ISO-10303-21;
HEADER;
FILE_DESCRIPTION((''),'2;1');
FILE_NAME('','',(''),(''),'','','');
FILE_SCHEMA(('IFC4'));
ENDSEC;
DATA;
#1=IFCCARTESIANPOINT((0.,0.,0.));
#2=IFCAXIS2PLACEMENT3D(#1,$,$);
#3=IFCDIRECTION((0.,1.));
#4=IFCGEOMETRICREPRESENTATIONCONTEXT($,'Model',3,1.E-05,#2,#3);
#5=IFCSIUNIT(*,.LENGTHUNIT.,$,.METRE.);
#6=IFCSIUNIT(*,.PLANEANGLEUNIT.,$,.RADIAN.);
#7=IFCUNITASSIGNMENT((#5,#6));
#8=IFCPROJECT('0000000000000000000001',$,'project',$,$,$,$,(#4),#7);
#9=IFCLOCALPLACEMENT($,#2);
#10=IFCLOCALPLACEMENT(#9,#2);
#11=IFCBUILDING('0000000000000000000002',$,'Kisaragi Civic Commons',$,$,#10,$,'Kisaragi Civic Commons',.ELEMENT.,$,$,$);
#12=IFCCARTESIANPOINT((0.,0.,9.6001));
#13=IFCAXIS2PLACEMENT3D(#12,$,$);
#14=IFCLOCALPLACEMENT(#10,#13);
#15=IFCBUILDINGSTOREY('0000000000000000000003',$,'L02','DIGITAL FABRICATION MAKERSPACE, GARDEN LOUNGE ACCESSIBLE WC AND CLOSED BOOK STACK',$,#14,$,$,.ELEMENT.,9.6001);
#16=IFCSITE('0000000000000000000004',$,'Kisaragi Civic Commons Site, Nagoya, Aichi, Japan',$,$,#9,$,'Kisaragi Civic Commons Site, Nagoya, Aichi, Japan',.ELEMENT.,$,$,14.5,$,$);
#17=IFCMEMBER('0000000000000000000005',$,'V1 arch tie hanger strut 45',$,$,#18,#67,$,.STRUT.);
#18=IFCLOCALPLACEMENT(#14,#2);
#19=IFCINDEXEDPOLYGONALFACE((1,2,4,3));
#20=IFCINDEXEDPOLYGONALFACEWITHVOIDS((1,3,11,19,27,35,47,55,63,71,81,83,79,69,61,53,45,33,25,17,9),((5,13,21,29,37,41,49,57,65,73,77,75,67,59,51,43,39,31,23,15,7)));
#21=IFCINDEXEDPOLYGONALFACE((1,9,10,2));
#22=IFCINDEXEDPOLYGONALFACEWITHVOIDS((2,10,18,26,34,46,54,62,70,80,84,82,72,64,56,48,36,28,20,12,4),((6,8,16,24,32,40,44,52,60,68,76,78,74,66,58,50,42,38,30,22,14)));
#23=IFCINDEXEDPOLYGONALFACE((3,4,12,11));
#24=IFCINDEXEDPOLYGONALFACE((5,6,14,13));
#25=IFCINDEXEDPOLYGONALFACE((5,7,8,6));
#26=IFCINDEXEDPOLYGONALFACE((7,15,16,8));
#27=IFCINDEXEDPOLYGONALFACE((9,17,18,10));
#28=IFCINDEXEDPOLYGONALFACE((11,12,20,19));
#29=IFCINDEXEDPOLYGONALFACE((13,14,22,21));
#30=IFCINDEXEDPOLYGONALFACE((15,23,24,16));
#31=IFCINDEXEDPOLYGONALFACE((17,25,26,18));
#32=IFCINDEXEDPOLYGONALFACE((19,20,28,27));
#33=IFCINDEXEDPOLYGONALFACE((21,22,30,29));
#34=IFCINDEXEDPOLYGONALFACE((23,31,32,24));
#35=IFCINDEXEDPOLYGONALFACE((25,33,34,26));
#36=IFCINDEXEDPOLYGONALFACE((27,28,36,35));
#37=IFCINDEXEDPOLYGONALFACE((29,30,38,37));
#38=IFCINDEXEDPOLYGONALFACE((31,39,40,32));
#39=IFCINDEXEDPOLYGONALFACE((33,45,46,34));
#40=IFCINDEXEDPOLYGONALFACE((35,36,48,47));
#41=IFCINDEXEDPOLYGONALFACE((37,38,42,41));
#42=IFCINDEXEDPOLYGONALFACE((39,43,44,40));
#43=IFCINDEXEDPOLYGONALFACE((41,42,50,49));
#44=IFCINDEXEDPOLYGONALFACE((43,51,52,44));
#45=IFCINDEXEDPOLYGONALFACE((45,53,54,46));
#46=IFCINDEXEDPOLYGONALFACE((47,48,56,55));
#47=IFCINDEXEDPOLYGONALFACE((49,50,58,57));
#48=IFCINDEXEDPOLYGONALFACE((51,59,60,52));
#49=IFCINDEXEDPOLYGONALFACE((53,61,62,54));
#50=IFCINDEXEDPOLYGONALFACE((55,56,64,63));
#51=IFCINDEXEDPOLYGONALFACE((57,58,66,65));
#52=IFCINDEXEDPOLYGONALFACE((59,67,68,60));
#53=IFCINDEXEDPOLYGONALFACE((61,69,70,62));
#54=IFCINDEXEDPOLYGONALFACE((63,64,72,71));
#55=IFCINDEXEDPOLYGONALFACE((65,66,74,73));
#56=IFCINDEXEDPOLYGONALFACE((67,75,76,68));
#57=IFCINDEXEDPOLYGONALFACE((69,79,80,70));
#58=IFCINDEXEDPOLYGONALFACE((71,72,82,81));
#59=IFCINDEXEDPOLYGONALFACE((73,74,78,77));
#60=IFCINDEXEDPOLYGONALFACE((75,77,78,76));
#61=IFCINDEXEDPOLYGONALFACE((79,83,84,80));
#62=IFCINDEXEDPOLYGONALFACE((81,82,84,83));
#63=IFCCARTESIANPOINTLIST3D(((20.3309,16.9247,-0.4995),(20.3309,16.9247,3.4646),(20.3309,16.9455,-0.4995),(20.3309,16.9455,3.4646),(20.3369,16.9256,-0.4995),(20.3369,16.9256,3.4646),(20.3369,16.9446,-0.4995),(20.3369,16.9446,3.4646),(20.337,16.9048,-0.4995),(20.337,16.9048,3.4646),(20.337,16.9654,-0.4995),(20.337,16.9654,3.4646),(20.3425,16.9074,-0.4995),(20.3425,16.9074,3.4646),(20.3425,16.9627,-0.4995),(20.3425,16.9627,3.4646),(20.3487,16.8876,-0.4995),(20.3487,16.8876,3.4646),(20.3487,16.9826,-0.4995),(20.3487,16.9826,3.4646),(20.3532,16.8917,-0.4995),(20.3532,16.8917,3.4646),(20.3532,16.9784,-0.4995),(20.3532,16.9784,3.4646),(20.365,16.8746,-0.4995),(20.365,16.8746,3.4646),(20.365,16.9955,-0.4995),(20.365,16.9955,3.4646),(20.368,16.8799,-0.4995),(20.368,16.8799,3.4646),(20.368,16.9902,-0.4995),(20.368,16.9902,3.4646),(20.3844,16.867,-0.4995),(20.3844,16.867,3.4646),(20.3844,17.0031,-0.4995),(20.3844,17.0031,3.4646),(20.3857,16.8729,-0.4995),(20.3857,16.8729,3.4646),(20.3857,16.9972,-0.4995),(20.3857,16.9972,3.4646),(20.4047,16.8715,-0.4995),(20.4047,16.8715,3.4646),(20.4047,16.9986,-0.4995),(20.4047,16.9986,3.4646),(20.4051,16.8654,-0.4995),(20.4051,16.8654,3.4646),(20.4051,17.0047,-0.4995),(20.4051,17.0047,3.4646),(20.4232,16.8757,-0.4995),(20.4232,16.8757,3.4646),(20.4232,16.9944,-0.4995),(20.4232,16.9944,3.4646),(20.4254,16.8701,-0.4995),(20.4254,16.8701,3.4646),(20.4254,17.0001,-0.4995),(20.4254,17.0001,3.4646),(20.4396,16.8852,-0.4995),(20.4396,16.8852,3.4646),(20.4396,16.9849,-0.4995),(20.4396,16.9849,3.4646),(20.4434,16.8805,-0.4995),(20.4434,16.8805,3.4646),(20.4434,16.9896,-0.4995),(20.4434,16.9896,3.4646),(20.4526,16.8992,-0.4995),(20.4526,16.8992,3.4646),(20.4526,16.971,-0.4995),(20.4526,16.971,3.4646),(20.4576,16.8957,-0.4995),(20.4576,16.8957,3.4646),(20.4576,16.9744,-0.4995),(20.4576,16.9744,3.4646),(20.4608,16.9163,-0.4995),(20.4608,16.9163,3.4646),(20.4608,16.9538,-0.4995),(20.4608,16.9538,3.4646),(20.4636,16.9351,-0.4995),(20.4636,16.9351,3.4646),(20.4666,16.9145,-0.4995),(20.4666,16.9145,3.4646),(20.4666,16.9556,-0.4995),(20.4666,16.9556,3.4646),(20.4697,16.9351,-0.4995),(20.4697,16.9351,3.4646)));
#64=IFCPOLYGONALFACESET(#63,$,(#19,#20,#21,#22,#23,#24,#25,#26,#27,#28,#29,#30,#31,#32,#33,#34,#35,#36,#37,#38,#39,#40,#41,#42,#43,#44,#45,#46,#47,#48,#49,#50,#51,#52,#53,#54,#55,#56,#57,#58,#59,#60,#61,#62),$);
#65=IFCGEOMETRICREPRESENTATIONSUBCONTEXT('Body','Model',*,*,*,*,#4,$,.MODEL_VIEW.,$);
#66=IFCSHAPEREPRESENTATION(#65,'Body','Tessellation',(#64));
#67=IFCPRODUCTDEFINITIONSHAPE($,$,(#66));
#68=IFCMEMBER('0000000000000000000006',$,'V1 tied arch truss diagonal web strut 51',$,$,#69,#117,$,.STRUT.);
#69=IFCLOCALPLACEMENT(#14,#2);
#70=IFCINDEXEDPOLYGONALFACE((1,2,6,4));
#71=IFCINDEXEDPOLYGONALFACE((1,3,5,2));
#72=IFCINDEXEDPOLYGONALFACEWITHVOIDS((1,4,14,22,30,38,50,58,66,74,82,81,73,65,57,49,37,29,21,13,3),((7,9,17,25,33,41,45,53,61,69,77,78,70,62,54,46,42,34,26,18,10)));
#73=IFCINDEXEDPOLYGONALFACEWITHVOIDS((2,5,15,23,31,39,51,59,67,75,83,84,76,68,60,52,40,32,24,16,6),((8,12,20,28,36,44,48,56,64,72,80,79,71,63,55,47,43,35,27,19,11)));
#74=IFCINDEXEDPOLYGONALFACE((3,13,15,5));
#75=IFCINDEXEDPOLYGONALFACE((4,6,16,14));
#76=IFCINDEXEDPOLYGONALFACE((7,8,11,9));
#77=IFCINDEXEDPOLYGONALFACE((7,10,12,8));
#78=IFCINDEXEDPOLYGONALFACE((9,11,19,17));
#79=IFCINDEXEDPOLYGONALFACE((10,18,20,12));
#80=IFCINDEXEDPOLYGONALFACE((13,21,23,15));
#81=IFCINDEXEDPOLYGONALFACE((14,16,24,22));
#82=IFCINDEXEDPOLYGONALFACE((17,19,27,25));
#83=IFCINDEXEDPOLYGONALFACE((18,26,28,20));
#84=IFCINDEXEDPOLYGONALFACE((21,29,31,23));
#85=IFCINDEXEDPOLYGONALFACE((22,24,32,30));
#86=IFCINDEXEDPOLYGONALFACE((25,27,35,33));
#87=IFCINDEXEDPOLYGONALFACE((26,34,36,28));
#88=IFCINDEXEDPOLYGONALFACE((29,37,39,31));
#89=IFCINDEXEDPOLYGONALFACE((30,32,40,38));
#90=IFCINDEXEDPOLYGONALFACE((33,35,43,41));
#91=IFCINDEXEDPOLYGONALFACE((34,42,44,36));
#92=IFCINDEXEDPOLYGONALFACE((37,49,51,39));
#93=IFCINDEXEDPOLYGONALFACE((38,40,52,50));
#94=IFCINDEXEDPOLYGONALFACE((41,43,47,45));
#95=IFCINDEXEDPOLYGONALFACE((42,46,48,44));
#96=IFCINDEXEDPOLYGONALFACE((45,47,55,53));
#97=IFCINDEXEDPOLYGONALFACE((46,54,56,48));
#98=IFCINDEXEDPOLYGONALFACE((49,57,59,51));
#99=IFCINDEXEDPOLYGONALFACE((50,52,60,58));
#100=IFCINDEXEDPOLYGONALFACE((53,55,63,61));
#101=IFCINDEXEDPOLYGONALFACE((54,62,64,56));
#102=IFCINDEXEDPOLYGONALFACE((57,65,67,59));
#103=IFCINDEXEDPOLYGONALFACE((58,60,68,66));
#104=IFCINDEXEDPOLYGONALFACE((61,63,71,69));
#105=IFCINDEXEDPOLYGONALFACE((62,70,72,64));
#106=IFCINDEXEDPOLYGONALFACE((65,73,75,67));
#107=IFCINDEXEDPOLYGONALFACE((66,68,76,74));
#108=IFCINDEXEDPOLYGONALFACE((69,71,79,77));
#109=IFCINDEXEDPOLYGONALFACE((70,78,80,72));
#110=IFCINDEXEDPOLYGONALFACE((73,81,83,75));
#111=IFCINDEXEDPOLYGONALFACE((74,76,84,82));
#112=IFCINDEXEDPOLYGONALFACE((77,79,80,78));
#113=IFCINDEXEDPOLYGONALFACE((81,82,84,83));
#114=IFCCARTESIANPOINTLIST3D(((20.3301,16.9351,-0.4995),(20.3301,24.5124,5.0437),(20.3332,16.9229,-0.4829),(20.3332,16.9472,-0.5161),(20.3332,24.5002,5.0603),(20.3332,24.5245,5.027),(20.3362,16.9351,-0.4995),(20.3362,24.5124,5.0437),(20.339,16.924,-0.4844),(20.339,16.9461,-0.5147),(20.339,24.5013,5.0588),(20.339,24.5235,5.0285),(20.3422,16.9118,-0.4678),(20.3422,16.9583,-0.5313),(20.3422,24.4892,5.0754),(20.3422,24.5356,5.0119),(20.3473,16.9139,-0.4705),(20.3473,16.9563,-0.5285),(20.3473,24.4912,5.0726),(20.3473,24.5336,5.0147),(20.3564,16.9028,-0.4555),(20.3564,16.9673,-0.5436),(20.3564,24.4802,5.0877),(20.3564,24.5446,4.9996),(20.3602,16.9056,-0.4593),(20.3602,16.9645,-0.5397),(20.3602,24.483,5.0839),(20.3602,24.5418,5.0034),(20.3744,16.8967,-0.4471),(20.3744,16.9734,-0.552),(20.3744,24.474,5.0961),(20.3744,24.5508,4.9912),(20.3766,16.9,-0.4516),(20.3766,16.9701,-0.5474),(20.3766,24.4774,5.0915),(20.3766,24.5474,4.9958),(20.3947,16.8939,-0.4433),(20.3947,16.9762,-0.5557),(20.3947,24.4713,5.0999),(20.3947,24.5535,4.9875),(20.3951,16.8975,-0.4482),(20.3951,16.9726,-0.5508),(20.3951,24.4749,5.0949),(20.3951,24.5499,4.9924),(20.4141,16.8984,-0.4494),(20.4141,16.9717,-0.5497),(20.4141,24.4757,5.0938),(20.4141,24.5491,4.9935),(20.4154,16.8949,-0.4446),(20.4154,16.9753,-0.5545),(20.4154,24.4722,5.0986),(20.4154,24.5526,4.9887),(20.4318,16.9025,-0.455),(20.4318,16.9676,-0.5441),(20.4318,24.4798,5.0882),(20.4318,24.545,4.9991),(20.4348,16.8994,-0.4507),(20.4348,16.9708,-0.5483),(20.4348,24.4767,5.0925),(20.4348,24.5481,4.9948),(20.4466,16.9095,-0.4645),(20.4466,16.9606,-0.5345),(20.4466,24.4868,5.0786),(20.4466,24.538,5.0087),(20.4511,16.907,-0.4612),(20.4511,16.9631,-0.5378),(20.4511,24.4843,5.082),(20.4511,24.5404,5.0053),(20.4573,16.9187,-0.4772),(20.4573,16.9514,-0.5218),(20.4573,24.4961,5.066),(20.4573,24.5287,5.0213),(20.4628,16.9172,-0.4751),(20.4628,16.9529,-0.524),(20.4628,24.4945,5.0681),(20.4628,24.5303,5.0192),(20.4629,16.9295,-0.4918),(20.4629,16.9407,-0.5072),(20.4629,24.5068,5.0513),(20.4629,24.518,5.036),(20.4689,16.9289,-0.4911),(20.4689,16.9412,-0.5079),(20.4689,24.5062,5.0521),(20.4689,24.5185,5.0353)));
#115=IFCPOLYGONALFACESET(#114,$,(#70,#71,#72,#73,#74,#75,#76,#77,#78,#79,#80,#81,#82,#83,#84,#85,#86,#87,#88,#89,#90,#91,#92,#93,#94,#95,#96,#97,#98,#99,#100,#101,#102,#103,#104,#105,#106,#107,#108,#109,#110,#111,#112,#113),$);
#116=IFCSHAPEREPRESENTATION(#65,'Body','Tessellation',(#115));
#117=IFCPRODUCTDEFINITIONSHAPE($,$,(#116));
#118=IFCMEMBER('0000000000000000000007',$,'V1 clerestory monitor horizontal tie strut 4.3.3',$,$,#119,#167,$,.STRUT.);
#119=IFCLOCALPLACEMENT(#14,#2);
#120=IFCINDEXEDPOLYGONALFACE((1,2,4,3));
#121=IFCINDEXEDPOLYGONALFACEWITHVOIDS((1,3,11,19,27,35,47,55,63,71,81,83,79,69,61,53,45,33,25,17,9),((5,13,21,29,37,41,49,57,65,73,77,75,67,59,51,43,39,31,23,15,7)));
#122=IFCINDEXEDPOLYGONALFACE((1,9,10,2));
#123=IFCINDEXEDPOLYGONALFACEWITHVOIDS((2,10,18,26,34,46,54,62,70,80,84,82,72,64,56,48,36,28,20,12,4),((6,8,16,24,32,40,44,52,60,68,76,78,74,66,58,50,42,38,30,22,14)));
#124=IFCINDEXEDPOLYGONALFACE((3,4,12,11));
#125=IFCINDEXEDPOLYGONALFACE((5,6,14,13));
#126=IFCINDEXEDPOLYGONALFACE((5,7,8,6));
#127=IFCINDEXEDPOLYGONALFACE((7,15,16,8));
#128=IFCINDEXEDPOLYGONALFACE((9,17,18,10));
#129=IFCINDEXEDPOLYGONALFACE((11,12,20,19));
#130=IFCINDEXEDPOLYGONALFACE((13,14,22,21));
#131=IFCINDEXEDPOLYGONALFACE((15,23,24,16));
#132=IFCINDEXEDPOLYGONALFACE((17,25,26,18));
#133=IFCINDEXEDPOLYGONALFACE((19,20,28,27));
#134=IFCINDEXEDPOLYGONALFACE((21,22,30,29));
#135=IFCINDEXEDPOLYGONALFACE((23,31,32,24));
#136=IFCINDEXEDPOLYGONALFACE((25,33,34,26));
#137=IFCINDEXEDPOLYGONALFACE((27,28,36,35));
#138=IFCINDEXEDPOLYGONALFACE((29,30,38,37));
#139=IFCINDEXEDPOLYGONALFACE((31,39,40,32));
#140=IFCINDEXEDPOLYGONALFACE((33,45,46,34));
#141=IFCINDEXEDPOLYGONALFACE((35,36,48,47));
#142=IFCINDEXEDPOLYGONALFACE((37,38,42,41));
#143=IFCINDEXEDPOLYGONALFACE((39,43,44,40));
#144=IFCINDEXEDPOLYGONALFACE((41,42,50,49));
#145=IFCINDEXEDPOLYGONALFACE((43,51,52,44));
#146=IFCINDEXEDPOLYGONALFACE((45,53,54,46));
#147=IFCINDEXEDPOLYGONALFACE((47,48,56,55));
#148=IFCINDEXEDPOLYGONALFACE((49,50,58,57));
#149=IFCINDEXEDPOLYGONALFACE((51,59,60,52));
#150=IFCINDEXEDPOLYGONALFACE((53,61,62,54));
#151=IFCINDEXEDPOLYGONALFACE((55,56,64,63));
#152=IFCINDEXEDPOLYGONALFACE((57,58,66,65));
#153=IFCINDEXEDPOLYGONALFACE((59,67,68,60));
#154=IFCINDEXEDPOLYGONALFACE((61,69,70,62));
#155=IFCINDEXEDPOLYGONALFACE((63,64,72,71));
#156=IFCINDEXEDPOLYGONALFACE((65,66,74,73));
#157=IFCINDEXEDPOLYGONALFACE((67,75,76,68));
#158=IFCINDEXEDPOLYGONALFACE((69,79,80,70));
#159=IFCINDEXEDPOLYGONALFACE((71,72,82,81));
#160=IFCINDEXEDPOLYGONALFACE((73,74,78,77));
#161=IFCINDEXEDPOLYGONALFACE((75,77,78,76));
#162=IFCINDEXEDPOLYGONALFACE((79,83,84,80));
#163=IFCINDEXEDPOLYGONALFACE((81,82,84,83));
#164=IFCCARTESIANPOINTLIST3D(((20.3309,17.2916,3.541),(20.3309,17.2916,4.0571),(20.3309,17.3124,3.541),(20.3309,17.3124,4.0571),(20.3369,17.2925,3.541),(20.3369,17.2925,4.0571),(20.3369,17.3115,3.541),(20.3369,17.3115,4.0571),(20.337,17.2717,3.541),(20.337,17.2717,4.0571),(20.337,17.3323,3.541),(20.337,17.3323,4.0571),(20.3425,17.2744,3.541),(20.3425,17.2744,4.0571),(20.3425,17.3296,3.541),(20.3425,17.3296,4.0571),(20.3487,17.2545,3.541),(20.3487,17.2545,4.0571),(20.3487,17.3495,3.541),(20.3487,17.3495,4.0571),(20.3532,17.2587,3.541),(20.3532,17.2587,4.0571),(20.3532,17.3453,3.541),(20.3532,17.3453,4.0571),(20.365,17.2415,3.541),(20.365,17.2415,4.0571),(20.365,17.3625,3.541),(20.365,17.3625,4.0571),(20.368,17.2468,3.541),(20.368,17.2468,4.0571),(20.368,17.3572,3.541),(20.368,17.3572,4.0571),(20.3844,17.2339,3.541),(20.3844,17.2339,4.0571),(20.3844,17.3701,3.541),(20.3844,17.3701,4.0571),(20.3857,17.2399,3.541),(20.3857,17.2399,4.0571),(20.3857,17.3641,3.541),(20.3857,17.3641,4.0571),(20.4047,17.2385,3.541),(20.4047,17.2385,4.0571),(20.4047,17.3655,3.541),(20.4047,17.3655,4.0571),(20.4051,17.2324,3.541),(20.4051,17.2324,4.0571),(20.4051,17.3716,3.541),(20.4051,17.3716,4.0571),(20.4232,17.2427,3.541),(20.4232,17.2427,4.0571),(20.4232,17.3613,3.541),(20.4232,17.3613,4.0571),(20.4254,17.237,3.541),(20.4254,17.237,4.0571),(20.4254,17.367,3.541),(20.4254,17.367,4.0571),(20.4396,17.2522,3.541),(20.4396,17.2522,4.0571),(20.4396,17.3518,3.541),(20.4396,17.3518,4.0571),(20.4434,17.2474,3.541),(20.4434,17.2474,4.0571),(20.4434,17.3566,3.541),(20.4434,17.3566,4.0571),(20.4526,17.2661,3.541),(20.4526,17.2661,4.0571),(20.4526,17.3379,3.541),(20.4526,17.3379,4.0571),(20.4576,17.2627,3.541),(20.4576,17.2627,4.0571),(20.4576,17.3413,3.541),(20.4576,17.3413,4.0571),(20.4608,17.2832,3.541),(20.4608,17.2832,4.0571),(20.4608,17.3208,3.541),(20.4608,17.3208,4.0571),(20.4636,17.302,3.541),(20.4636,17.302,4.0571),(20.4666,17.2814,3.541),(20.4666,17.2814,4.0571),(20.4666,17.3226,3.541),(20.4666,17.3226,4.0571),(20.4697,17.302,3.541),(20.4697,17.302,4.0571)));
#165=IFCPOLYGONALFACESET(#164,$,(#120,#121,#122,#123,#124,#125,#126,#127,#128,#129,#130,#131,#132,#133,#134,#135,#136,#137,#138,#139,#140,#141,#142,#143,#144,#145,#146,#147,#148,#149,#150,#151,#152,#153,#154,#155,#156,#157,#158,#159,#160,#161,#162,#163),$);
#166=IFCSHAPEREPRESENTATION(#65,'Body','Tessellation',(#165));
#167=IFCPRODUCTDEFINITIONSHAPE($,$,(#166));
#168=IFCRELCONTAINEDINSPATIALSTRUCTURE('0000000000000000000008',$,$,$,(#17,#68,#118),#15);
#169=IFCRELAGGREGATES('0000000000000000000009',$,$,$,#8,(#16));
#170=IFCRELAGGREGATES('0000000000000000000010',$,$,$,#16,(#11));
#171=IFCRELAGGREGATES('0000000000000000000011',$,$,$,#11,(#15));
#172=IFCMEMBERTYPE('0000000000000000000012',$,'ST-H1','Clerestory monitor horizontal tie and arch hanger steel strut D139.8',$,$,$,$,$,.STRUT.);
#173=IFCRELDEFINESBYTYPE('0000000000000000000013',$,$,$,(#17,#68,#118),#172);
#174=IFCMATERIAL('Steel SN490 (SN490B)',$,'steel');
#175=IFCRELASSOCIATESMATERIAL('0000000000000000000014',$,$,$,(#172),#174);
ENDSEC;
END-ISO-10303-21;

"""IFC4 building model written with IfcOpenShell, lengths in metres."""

from ifc_helpers import new_model, si_unit, direction, frame, origin, origin_2d, place, context, subcontext, project, spatial, hollow_circle, extrude, material, material_profile, profile_set, type_object, element, save


model = new_model("IFC4")

# Units and contexts
model_context = context("Model", 3, precision=1e-05, world=origin(), true_north=direction((0.0, 1.0)))
body_context = subcontext(model_context, "Body", "Model", "MODEL_VIEW")
ifc_project = project(units=[si_unit("LENGTHUNIT", "METRE"), si_unit("PLANEANGLEUNIT", "RADIAN")], contexts=[model_context])

# Site, building, storey
site_placement = place(None, origin())
site = spatial("IfcSite", under=ifc_project, at=site_placement, Name="Kisaragi Civic Commons Site, Nagoya, Aichi, Japan", LongName="Kisaragi Civic Commons Site, Nagoya, Aichi, Japan", CompositionType="ELEMENT", RefElevation=14.5)
building_placement = place(site_placement, origin())
building = spatial("IfcBuilding", under=site, at=building_placement, Name="Kisaragi Civic Commons", LongName="Kisaragi Civic Commons", CompositionType="ELEMENT")
storey_placement = place(building_placement, frame((0.0, 0.0, 9.6001)))
storey = spatial("IfcBuildingStorey", under=building, at=storey_placement, Name="L02", Description="DIGITAL FABRICATION MAKERSPACE, GARDEN LOUNGE ACCESSIBLE WC AND CLOSED BOOK STACK", CompositionType="ELEMENT", Elevation=9.6001)

# Members
ifc_material_1 = material(Name="Steel SN490 (SN490B)", Category="steel")
ifc_material_profile_1 = material_profile(ifc_material_1, hollow_circle(Radius=0.0698, WallThickness=0.0061, at=origin_2d()), Name="CHS-139.8x6.0", Category="steel")
ifc_profile_set_1 = profile_set([ifc_material_profile_1], Name="Steel SN490 (SN490B)")
member_type_1 = type_object("IfcMemberType", Name="ST-H1", Description="Clerestory monitor horizontal tie and arch hanger steel strut D139.8", PredefinedType="STRUT", material=ifc_profile_set_1)
member_1_placement = place(storey_placement, frame((20.3999, 16.9351, -0.4995), z_axis=(0.0, 0.0, 1.0), x_axis=(1.0, 0.0, 0.0)))
element("IfcMember", 1, at=member_1_placement, inside=storey, type_object=member_type_1, Name="V1 arch tie hanger strut 45", PredefinedType="STRUT", context=body_context, shape_type="SweptSolid", body=[
    extrude(hollow_circle(Radius=0.0698, WallThickness=0.0061, at=origin_2d()), origin(), (0.0, 0.0, 1.0), 3.9641),
])
member_2_placement = place(storey_placement, frame((20.3999, 16.9351, -0.4995), z_axis=(0.0, 0.807092, 0.590425), x_axis=(-1.0, 0.0, 0.0)))
element("IfcMember", 2, at=member_2_placement, inside=storey, type_object=member_type_1, Name="V1 tied arch truss diagonal web strut 51", PredefinedType="STRUT", context=body_context, shape_type="SweptSolid", body=[
    extrude(hollow_circle(Radius=0.0698, WallThickness=0.0061, at=origin_2d()), origin(), (0.0, 0.0, 1.0), 9.3884),
])
member_3_placement = place(storey_placement, frame((20.3999, 17.302, 3.541), z_axis=(0.0, 0.0, 1.0), x_axis=(1.0, 0.0, 0.0)))
element("IfcMember", 3, at=member_3_placement, inside=storey, type_object=member_type_1, Name="V1 clerestory monitor horizontal tie strut 4.3.3", PredefinedType="STRUT", context=body_context, shape_type="SweptSolid", body=[
    extrude(hollow_circle(Radius=0.0698, WallThickness=0.0061, at=origin_2d()), origin(), (0.0, 0.0, 1.0), 0.5161),
])

save(model, "model.ifc")
